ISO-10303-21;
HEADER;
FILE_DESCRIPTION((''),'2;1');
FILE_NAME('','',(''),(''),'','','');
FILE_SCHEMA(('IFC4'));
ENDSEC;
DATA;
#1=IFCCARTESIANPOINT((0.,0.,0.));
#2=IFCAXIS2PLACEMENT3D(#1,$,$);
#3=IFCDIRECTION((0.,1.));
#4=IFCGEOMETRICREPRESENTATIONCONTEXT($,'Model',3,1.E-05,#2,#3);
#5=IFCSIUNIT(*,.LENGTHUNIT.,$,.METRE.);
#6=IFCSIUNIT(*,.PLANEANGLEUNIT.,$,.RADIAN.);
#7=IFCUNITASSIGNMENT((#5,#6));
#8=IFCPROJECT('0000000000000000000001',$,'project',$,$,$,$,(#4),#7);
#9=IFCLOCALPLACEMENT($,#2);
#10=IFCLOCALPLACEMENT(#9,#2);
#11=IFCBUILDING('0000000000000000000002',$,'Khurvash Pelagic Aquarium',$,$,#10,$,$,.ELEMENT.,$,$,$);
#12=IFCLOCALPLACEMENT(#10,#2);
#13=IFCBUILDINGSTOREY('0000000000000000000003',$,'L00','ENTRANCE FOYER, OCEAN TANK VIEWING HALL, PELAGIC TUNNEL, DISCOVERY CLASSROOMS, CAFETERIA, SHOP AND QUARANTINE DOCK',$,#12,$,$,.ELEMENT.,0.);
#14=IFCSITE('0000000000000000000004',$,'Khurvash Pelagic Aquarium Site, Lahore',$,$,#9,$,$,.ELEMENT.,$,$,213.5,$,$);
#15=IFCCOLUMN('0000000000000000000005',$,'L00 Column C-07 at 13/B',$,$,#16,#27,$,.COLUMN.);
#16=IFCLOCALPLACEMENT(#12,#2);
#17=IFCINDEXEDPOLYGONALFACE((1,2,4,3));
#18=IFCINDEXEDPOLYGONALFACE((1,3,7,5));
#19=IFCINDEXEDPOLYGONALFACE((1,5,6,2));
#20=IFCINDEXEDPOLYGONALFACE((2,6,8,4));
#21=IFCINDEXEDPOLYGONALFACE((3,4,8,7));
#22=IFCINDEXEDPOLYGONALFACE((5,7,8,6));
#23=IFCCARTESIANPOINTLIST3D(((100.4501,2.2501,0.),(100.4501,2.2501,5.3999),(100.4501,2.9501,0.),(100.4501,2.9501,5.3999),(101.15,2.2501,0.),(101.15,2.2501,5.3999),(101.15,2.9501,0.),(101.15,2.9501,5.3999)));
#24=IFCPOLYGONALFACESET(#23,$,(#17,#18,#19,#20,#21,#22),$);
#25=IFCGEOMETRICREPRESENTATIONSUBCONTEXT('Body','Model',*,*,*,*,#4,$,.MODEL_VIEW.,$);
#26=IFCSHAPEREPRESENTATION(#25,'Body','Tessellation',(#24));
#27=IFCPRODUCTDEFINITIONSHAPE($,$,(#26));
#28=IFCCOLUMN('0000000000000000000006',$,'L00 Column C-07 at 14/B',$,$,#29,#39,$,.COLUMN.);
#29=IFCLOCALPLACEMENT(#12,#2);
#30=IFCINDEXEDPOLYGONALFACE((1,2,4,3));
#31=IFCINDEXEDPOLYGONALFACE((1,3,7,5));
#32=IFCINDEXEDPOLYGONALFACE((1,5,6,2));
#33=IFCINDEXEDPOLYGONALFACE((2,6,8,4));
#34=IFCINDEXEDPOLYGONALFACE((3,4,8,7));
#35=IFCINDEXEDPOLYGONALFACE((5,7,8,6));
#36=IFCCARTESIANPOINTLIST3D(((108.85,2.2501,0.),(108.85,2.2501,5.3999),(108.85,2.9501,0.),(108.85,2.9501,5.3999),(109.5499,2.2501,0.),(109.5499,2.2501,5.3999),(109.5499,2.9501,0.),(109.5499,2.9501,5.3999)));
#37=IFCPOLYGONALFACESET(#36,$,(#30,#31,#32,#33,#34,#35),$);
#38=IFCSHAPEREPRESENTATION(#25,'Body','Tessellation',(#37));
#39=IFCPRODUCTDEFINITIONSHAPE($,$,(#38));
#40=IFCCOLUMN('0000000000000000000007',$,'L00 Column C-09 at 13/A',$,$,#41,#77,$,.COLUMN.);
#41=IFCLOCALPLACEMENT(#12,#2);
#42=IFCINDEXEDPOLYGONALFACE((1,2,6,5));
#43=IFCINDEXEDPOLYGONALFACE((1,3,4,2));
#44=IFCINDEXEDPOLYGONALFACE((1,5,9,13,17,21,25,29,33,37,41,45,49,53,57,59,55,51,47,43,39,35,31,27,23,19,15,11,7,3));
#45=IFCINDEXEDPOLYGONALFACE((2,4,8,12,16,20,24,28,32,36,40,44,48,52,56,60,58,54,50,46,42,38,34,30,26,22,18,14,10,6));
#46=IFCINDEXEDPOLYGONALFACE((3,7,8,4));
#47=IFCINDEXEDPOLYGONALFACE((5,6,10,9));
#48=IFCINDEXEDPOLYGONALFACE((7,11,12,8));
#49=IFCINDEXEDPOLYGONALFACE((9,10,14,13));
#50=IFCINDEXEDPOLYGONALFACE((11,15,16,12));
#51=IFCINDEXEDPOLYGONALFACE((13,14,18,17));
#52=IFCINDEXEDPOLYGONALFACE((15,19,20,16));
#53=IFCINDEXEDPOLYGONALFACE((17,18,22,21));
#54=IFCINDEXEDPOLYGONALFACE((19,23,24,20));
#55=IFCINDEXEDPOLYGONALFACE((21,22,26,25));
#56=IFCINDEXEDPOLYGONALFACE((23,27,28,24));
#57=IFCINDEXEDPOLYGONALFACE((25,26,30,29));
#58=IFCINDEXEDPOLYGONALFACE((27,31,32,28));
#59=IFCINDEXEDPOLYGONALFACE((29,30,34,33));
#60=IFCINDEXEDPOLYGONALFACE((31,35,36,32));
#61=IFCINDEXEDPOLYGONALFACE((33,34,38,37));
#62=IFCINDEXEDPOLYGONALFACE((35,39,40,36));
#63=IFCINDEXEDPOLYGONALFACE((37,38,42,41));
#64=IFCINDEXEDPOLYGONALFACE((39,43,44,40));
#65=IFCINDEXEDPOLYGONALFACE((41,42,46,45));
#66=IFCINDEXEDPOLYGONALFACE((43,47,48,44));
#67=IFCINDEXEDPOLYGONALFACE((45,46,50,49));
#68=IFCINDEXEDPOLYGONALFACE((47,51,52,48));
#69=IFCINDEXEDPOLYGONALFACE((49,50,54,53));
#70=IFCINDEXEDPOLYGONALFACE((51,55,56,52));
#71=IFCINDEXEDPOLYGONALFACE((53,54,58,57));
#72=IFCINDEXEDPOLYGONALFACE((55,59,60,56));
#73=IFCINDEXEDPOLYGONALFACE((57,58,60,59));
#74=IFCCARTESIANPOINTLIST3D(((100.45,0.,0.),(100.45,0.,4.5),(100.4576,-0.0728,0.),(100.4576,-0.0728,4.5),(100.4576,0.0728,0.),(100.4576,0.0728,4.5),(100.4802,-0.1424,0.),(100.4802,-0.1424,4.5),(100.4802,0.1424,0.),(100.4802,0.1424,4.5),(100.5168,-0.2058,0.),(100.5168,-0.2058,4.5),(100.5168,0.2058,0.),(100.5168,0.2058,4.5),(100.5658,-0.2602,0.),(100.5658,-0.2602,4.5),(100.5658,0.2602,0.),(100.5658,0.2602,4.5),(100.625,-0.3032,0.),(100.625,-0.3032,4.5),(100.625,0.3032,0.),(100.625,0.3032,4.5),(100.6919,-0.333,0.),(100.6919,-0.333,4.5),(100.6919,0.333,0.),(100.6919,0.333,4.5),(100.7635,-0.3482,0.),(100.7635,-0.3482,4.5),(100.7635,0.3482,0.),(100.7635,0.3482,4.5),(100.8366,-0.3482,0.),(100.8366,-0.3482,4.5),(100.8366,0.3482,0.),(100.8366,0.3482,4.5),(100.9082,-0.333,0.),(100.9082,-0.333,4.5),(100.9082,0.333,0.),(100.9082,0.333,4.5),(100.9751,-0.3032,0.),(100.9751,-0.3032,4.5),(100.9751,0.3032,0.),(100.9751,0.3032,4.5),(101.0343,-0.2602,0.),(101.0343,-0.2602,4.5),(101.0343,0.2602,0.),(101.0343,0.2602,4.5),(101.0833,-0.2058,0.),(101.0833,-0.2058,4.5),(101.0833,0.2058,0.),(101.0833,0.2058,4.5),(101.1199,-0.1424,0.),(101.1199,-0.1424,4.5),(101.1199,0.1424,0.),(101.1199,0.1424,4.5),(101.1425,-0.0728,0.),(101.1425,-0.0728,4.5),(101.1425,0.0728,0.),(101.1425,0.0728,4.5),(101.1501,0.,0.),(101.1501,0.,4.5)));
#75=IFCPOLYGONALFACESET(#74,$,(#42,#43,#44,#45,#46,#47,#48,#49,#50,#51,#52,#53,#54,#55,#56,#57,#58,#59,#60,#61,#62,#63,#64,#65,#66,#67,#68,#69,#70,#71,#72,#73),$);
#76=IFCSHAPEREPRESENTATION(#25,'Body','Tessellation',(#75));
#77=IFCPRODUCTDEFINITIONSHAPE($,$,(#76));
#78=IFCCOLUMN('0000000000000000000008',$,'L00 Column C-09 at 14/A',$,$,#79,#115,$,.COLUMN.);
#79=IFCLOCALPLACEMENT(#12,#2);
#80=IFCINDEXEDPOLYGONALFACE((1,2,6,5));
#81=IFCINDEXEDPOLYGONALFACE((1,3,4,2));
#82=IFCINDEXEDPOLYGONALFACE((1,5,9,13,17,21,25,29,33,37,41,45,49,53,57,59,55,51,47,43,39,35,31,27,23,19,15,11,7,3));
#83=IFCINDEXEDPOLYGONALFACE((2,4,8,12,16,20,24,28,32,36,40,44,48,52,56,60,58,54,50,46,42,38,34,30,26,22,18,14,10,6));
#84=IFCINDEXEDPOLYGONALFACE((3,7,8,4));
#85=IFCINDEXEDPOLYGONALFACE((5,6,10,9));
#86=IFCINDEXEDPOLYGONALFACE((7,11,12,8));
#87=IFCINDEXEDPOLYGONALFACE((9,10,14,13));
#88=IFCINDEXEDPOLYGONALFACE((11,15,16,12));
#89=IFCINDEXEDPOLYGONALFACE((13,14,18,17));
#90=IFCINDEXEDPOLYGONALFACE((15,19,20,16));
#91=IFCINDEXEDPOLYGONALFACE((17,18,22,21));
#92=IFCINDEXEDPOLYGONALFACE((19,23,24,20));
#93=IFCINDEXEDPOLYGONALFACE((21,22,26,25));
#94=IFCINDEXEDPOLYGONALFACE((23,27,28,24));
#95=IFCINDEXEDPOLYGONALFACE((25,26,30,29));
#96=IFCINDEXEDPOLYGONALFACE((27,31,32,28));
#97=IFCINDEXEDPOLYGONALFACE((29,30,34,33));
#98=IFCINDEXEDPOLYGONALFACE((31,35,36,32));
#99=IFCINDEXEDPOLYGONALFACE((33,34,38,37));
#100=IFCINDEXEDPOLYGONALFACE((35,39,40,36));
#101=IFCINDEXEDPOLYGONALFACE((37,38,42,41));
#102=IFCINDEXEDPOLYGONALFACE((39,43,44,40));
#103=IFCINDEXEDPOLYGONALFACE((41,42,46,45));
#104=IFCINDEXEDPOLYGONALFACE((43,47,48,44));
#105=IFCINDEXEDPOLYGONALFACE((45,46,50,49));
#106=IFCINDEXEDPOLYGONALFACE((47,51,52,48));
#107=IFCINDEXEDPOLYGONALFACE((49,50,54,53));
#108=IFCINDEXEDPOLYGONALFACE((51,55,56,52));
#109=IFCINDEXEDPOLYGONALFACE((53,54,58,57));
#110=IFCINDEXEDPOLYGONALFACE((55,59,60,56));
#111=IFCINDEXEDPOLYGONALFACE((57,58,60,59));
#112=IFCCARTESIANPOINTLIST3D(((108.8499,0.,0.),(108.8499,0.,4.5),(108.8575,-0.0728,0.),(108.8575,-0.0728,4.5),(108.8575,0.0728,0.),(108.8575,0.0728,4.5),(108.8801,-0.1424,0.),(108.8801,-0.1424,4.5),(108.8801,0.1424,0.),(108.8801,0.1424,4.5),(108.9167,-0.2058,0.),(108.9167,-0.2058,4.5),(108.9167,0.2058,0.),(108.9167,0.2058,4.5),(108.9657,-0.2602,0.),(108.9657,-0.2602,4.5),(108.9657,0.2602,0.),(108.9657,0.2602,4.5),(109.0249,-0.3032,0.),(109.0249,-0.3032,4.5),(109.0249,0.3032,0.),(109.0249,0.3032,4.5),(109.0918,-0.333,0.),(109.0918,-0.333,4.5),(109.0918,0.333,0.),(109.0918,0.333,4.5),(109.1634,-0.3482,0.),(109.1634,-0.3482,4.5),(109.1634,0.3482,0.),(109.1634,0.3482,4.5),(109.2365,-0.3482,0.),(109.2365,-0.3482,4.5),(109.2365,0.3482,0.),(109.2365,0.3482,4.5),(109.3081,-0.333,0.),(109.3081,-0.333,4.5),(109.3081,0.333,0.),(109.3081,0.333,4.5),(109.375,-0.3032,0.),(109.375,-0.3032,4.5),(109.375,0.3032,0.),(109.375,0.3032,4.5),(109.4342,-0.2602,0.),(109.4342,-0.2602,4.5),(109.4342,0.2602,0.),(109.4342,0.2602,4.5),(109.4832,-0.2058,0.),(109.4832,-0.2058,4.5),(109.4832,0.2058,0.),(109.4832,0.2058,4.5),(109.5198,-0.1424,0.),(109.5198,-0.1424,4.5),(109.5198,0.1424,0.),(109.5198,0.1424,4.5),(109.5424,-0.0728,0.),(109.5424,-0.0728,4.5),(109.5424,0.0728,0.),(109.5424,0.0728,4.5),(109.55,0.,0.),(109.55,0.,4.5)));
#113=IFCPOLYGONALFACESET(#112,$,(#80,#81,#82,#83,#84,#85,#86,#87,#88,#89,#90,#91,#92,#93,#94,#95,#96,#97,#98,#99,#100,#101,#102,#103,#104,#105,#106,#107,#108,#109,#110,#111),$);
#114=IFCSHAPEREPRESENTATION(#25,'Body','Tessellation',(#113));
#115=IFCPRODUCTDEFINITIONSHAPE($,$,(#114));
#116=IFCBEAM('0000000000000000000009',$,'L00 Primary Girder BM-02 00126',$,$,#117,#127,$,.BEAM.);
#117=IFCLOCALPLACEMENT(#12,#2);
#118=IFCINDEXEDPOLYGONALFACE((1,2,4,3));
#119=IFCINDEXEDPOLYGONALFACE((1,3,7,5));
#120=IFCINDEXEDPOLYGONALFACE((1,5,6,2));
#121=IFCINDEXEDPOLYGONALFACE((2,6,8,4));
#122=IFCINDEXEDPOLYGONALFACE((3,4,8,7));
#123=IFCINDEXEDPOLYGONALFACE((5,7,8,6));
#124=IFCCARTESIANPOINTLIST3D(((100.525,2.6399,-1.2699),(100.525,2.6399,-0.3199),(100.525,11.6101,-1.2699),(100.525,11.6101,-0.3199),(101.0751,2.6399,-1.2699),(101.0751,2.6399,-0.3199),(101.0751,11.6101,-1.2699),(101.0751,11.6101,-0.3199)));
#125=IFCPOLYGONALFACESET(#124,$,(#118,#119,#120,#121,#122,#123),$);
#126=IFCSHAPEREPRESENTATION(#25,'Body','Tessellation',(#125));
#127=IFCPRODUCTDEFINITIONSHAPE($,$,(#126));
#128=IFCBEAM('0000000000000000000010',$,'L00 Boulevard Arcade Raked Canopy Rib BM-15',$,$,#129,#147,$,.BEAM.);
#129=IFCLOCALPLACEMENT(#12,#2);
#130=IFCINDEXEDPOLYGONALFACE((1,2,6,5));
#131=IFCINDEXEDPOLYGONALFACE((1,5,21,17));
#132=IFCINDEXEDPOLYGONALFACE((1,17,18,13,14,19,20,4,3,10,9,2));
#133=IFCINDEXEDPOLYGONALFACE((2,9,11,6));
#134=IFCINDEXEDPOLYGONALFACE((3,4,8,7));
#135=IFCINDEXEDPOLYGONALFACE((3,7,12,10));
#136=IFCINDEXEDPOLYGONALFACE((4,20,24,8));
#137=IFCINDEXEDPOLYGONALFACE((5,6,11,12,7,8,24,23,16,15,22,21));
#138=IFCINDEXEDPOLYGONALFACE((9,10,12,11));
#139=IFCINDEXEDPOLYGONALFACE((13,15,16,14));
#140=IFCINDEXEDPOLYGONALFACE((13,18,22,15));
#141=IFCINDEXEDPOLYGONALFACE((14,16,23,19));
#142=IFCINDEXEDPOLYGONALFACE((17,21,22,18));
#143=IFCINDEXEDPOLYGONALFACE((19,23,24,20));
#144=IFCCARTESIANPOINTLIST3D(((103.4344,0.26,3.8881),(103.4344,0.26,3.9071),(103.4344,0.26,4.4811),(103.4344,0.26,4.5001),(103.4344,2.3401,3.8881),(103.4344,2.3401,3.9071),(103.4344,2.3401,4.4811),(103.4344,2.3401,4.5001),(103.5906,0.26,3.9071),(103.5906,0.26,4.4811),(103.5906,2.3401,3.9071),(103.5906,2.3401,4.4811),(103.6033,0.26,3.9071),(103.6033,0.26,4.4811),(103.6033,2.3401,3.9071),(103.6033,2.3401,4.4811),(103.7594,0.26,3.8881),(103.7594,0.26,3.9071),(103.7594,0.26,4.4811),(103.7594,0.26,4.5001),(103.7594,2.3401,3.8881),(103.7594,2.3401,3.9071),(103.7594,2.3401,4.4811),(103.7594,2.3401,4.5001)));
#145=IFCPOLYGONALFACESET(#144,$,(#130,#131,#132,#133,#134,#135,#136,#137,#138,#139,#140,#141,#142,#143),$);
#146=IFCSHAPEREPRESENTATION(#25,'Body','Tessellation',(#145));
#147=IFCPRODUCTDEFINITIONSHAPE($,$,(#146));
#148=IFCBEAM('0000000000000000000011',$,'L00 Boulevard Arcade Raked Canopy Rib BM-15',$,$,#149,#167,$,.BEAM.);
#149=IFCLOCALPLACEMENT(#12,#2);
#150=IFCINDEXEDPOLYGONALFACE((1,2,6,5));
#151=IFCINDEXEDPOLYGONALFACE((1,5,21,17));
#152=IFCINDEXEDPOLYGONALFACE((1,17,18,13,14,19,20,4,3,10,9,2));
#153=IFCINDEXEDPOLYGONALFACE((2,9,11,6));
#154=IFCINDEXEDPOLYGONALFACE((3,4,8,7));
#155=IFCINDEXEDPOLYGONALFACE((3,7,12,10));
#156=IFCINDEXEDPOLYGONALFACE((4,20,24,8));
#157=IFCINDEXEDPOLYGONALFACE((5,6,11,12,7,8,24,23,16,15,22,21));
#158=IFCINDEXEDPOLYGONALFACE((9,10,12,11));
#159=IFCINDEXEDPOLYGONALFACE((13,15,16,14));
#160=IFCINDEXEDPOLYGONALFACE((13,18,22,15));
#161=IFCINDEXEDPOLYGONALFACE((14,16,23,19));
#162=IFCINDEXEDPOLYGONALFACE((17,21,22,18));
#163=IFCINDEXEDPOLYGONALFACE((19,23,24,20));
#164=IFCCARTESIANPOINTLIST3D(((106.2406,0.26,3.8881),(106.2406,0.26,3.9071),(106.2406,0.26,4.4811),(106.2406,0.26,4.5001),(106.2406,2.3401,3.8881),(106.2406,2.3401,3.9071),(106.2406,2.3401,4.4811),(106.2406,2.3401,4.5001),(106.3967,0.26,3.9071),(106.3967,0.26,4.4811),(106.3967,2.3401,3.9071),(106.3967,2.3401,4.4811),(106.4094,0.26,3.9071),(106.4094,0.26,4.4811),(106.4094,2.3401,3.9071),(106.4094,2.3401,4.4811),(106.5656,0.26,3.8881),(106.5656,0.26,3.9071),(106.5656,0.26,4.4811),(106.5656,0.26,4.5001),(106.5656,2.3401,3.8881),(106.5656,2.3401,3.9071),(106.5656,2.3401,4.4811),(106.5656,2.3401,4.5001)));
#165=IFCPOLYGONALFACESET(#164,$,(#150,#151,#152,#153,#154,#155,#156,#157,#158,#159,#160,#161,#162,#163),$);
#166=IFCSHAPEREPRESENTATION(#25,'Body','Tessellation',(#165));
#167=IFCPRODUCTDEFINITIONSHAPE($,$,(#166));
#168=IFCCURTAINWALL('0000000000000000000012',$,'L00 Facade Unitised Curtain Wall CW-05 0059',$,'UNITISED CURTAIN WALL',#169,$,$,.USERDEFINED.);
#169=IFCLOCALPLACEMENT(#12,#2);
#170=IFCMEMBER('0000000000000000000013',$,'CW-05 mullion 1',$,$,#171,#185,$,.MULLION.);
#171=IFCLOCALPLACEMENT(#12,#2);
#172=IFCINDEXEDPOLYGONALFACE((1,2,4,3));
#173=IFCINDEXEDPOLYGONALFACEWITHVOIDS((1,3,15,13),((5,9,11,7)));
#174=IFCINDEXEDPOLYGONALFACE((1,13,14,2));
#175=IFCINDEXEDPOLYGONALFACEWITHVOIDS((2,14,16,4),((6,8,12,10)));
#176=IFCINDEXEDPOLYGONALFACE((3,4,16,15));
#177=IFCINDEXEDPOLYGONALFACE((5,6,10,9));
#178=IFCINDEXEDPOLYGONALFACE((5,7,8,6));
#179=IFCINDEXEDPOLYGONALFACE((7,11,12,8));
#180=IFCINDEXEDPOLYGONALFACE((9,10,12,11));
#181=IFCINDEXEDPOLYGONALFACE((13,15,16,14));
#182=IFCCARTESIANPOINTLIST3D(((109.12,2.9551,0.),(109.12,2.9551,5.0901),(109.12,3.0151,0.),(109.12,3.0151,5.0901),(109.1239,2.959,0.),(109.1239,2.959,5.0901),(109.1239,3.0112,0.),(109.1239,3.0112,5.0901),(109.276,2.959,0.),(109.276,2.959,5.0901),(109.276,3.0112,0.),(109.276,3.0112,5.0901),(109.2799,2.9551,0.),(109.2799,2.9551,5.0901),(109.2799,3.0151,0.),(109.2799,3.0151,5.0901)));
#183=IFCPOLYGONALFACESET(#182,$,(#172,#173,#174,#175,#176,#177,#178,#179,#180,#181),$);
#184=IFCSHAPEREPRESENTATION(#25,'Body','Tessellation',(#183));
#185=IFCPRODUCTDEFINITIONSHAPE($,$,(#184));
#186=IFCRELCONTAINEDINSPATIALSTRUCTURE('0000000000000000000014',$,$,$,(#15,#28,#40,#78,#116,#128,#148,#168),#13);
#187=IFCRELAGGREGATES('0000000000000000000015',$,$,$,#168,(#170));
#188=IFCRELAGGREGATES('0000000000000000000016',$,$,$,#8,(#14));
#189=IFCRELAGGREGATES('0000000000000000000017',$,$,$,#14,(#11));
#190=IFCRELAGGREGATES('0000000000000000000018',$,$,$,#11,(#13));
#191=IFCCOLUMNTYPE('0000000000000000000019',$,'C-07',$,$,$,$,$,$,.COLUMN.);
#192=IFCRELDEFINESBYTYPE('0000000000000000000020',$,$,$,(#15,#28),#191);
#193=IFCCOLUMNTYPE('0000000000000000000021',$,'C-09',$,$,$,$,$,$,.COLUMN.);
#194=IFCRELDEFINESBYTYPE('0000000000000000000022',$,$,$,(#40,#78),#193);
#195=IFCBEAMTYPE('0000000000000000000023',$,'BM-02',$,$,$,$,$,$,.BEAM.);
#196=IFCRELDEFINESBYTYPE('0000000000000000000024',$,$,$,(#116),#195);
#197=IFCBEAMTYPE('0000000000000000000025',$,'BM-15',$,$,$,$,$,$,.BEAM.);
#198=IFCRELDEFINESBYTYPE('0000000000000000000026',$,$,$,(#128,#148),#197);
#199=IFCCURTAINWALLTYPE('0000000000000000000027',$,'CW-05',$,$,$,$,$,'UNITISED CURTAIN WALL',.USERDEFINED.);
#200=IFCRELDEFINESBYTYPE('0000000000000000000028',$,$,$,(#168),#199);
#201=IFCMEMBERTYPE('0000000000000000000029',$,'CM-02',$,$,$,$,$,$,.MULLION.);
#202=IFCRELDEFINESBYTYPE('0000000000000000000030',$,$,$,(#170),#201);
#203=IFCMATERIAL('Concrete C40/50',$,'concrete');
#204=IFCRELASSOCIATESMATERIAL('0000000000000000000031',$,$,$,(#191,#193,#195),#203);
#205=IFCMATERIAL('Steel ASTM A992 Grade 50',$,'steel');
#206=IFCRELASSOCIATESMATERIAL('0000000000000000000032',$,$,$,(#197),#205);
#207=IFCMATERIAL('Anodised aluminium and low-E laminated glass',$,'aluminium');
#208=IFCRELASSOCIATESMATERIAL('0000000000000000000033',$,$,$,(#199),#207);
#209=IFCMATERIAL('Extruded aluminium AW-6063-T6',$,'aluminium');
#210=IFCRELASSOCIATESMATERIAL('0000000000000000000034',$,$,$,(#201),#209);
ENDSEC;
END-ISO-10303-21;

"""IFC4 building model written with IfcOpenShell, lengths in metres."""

from ifc_helpers import new_model, si_unit, direction, frame, origin, origin_2d, place, context, subcontext, project, spatial, rectangle, hollow_rectangle, circle, i_section, extrude, material, material_profile, profile_set, type_object, element, aggregate, save


model = new_model("IFC4")

# Units and contexts
model_context = context("Model", 3, precision=1e-05, world=origin(), true_north=direction((0.0, 1.0)))
body_context = subcontext(model_context, "Body", "Model", "MODEL_VIEW")
ifc_project = project(units=[si_unit("LENGTHUNIT", "METRE"), si_unit("PLANEANGLEUNIT", "RADIAN")], contexts=[model_context])

# Site, building, storey
site_placement = place(None, origin())
site = spatial("IfcSite", under=ifc_project, at=site_placement, Name="Khurvash Pelagic Aquarium Site, Lahore", CompositionType="ELEMENT", RefElevation=213.5)
building_placement = place(site_placement, origin())
building = spatial("IfcBuilding", under=site, at=building_placement, Name="Khurvash Pelagic Aquarium", CompositionType="ELEMENT")
storey_placement = place(building_placement, origin())
storey = spatial("IfcBuildingStorey", under=building, at=storey_placement, Name="L00", Description="ENTRANCE FOYER, OCEAN TANK VIEWING HALL, PELAGIC TUNNEL, DISCOVERY CLASSROOMS, CAFETERIA, SHOP AND QUARANTINE DOCK", CompositionType="ELEMENT", Elevation=0.0)

# Columns
ifc_material_1 = material(Name="Concrete C40/50", Category="concrete")
ifc_material_profile_1 = material_profile(ifc_material_1, rectangle(XDim=0.7, YDim=0.7, at=origin_2d()), Name="RC700X700")
ifc_profile_set_1 = profile_set([ifc_material_profile_1], Name="Concrete C40/50")
column_type_1 = type_object("IfcColumnType", Name="C-07", PredefinedType="COLUMN", material=ifc_profile_set_1)
for number, where, z_axis, x_axis, name in (
    (1, (100.8, 2.6001, 0.0), (0.0, 0.0, 1.0), (1.0, 0.0, 0.0), "L00 Column C-07 at 13/B"),
    (2, (109.2, 2.6001, 0.0), (0.0, 0.0, 1.0), (1.0, 0.0, 0.0), "L00 Column C-07 at 14/B"),
):
    element("IfcColumn", number, at=place(storey_placement, frame(where, z_axis=z_axis, x_axis=x_axis)), inside=storey, type_object=column_type_1, Name=name, PredefinedType="COLUMN", context=body_context, shape_type="SweptSolid", body=[
        extrude(rectangle(XDim=0.7, YDim=0.7, at=origin_2d()), origin(), (0.0, 0.0, 1.0), 5.3999),
    ])
ifc_material_profile_2 = material_profile(ifc_material_1, circle(Radius=0.3501, at=origin_2d()), Name="RC700D")
ifc_profile_set_2 = profile_set([ifc_material_profile_2], Name="Concrete C40/50")
column_type_2 = type_object("IfcColumnType", Name="C-09", PredefinedType="COLUMN", material=ifc_profile_set_2)
for number, where, z_axis, x_axis, name in (
    (3, (100.8, 0.0, 0.0), (0.0, 0.0, 1.0), (1.0, 0.0, 0.0), "L00 Column C-09 at 13/A"),
    (4, (109.2, 0.0, 0.0), (0.0, 0.0, 1.0), (1.0, 0.0, 0.0), "L00 Column C-09 at 14/A"),
):
    element("IfcColumn", number, at=place(storey_placement, frame(where, z_axis=z_axis, x_axis=x_axis)), inside=storey, type_object=column_type_2, Name=name, PredefinedType="COLUMN", context=body_context, shape_type="SweptSolid", body=[
        extrude(circle(Radius=0.3501, at=origin_2d()), origin(), (0.0, 0.0, 1.0), 4.5),
    ])

# Beams
ifc_material_profile_3 = material_profile(ifc_material_1, rectangle(XDim=0.55, YDim=0.95, at=origin_2d()), Name="RC550X950")
ifc_profile_set_3 = profile_set([ifc_material_profile_3], Name="Concrete C40/50")
beam_type_1 = type_object("IfcBeamType", Name="BM-02", PredefinedType="BEAM", material=ifc_profile_set_3)
beam_placement = place(storey_placement, frame((100.8, 2.6399, -0.7949), z_axis=(0.0, 1.0, 0.0), x_axis=(-1.0, 0.0, 0.0)))
element("IfcBeam", 5, at=beam_placement, inside=storey, type_object=beam_type_1, Name="L00 Primary Girder BM-02 00126", PredefinedType="BEAM", context=body_context, shape_type="SweptSolid", body=[
    extrude(rectangle(XDim=0.55, YDim=0.95, at=origin_2d()), origin(), (0.0, 0.0, 1.0), 8.9702),
])
ifc_material_2 = material(Name="Steel ASTM A992 Grade 50", Category="steel")
ifc_material_profile_4 = material_profile(ifc_material_2, i_section(OverallWidth=0.325, OverallDepth=0.6121, WebThickness=0.0127, FlangeThickness=0.019, at=origin_2d()), Name="W24X104")
ifc_profile_set_4 = profile_set([ifc_material_profile_4], Name="Steel ASTM A992 Grade 50")
beam_type_2 = type_object("IfcBeamType", Name="BM-15", PredefinedType="BEAM", material=ifc_profile_set_4)
for number, where, z_axis, x_axis, name in (
    (6, (103.5969, 2.3401, 4.1941), (0.0, -1.0, 0.0), (1.0, 0.0, 0.0), "L00 Boulevard Arcade Raked Canopy Rib BM-15"),
    (7, (106.4031, 2.3401, 4.1941), (0.0, -1.0, 0.0), (1.0, 0.0, 0.0), "L00 Boulevard Arcade Raked Canopy Rib BM-15"),
):
    element("IfcBeam", number, at=place(storey_placement, frame(where, z_axis=z_axis, x_axis=x_axis)), inside=storey, type_object=beam_type_2, Name=name, PredefinedType="BEAM", context=body_context, shape_type="SweptSolid", body=[
        extrude(i_section(OverallWidth=0.325, OverallDepth=0.6121, WebThickness=0.0127, FlangeThickness=0.019, at=origin_2d()), origin(), (0.0, 0.0, 1.0), 2.0801),
    ])

# Curtain wall, member
ifc_material_3 = material(Name="Anodised aluminium and low-E laminated glass", Category="aluminium")
curtain_wall_type = type_object("IfcCurtainWallType", Name="CW-05", ElementType="UNITISED CURTAIN WALL", PredefinedType="USERDEFINED", material=ifc_material_3)
curtain_wall_placement = place(storey_placement, origin())
curtain_wall = element("IfcCurtainWall", 8, at=curtain_wall_placement, inside=storey, type_object=curtain_wall_type, Name="L00 Facade Unitised Curtain Wall CW-05 0059", ObjectType="UNITISED CURTAIN WALL", PredefinedType="USERDEFINED")
ifc_material_4 = material(Name="Extruded aluminium AW-6063-T6", Category="aluminium")
ifc_material_profile_5 = material_profile(ifc_material_4, hollow_rectangle(XDim=0.0601, YDim=0.1599, WallThickness=0.0039, at=origin_2d()), Name="CWM60X160X4")
ifc_profile_set_5 = profile_set([ifc_material_profile_5], Name="Extruded aluminium AW-6063-T6")
member_type_1 = type_object("IfcMemberType", Name="CM-02", PredefinedType="MULLION", material=ifc_profile_set_5)
member_1_placement = place(storey_placement, frame((109.2, 2.9851, 0.0), z_axis=(0.0, 0.0, 1.0), x_axis=(0.0, 1.0, 0.0)))
member_1 = element("IfcMember", 9, at=member_1_placement, type_object=member_type_1, Name="CW-05 mullion 1", PredefinedType="MULLION", context=body_context, shape_type="SweptSolid", body=[
    extrude(hollow_rectangle(XDim=0.0601, YDim=0.1599, WallThickness=0.0039, at=origin_2d()), origin(), (0.0, 0.0, 1.0), 5.0901),
])

aggregate(curtain_wall, [member_1])

save(model, "model.ifc")
